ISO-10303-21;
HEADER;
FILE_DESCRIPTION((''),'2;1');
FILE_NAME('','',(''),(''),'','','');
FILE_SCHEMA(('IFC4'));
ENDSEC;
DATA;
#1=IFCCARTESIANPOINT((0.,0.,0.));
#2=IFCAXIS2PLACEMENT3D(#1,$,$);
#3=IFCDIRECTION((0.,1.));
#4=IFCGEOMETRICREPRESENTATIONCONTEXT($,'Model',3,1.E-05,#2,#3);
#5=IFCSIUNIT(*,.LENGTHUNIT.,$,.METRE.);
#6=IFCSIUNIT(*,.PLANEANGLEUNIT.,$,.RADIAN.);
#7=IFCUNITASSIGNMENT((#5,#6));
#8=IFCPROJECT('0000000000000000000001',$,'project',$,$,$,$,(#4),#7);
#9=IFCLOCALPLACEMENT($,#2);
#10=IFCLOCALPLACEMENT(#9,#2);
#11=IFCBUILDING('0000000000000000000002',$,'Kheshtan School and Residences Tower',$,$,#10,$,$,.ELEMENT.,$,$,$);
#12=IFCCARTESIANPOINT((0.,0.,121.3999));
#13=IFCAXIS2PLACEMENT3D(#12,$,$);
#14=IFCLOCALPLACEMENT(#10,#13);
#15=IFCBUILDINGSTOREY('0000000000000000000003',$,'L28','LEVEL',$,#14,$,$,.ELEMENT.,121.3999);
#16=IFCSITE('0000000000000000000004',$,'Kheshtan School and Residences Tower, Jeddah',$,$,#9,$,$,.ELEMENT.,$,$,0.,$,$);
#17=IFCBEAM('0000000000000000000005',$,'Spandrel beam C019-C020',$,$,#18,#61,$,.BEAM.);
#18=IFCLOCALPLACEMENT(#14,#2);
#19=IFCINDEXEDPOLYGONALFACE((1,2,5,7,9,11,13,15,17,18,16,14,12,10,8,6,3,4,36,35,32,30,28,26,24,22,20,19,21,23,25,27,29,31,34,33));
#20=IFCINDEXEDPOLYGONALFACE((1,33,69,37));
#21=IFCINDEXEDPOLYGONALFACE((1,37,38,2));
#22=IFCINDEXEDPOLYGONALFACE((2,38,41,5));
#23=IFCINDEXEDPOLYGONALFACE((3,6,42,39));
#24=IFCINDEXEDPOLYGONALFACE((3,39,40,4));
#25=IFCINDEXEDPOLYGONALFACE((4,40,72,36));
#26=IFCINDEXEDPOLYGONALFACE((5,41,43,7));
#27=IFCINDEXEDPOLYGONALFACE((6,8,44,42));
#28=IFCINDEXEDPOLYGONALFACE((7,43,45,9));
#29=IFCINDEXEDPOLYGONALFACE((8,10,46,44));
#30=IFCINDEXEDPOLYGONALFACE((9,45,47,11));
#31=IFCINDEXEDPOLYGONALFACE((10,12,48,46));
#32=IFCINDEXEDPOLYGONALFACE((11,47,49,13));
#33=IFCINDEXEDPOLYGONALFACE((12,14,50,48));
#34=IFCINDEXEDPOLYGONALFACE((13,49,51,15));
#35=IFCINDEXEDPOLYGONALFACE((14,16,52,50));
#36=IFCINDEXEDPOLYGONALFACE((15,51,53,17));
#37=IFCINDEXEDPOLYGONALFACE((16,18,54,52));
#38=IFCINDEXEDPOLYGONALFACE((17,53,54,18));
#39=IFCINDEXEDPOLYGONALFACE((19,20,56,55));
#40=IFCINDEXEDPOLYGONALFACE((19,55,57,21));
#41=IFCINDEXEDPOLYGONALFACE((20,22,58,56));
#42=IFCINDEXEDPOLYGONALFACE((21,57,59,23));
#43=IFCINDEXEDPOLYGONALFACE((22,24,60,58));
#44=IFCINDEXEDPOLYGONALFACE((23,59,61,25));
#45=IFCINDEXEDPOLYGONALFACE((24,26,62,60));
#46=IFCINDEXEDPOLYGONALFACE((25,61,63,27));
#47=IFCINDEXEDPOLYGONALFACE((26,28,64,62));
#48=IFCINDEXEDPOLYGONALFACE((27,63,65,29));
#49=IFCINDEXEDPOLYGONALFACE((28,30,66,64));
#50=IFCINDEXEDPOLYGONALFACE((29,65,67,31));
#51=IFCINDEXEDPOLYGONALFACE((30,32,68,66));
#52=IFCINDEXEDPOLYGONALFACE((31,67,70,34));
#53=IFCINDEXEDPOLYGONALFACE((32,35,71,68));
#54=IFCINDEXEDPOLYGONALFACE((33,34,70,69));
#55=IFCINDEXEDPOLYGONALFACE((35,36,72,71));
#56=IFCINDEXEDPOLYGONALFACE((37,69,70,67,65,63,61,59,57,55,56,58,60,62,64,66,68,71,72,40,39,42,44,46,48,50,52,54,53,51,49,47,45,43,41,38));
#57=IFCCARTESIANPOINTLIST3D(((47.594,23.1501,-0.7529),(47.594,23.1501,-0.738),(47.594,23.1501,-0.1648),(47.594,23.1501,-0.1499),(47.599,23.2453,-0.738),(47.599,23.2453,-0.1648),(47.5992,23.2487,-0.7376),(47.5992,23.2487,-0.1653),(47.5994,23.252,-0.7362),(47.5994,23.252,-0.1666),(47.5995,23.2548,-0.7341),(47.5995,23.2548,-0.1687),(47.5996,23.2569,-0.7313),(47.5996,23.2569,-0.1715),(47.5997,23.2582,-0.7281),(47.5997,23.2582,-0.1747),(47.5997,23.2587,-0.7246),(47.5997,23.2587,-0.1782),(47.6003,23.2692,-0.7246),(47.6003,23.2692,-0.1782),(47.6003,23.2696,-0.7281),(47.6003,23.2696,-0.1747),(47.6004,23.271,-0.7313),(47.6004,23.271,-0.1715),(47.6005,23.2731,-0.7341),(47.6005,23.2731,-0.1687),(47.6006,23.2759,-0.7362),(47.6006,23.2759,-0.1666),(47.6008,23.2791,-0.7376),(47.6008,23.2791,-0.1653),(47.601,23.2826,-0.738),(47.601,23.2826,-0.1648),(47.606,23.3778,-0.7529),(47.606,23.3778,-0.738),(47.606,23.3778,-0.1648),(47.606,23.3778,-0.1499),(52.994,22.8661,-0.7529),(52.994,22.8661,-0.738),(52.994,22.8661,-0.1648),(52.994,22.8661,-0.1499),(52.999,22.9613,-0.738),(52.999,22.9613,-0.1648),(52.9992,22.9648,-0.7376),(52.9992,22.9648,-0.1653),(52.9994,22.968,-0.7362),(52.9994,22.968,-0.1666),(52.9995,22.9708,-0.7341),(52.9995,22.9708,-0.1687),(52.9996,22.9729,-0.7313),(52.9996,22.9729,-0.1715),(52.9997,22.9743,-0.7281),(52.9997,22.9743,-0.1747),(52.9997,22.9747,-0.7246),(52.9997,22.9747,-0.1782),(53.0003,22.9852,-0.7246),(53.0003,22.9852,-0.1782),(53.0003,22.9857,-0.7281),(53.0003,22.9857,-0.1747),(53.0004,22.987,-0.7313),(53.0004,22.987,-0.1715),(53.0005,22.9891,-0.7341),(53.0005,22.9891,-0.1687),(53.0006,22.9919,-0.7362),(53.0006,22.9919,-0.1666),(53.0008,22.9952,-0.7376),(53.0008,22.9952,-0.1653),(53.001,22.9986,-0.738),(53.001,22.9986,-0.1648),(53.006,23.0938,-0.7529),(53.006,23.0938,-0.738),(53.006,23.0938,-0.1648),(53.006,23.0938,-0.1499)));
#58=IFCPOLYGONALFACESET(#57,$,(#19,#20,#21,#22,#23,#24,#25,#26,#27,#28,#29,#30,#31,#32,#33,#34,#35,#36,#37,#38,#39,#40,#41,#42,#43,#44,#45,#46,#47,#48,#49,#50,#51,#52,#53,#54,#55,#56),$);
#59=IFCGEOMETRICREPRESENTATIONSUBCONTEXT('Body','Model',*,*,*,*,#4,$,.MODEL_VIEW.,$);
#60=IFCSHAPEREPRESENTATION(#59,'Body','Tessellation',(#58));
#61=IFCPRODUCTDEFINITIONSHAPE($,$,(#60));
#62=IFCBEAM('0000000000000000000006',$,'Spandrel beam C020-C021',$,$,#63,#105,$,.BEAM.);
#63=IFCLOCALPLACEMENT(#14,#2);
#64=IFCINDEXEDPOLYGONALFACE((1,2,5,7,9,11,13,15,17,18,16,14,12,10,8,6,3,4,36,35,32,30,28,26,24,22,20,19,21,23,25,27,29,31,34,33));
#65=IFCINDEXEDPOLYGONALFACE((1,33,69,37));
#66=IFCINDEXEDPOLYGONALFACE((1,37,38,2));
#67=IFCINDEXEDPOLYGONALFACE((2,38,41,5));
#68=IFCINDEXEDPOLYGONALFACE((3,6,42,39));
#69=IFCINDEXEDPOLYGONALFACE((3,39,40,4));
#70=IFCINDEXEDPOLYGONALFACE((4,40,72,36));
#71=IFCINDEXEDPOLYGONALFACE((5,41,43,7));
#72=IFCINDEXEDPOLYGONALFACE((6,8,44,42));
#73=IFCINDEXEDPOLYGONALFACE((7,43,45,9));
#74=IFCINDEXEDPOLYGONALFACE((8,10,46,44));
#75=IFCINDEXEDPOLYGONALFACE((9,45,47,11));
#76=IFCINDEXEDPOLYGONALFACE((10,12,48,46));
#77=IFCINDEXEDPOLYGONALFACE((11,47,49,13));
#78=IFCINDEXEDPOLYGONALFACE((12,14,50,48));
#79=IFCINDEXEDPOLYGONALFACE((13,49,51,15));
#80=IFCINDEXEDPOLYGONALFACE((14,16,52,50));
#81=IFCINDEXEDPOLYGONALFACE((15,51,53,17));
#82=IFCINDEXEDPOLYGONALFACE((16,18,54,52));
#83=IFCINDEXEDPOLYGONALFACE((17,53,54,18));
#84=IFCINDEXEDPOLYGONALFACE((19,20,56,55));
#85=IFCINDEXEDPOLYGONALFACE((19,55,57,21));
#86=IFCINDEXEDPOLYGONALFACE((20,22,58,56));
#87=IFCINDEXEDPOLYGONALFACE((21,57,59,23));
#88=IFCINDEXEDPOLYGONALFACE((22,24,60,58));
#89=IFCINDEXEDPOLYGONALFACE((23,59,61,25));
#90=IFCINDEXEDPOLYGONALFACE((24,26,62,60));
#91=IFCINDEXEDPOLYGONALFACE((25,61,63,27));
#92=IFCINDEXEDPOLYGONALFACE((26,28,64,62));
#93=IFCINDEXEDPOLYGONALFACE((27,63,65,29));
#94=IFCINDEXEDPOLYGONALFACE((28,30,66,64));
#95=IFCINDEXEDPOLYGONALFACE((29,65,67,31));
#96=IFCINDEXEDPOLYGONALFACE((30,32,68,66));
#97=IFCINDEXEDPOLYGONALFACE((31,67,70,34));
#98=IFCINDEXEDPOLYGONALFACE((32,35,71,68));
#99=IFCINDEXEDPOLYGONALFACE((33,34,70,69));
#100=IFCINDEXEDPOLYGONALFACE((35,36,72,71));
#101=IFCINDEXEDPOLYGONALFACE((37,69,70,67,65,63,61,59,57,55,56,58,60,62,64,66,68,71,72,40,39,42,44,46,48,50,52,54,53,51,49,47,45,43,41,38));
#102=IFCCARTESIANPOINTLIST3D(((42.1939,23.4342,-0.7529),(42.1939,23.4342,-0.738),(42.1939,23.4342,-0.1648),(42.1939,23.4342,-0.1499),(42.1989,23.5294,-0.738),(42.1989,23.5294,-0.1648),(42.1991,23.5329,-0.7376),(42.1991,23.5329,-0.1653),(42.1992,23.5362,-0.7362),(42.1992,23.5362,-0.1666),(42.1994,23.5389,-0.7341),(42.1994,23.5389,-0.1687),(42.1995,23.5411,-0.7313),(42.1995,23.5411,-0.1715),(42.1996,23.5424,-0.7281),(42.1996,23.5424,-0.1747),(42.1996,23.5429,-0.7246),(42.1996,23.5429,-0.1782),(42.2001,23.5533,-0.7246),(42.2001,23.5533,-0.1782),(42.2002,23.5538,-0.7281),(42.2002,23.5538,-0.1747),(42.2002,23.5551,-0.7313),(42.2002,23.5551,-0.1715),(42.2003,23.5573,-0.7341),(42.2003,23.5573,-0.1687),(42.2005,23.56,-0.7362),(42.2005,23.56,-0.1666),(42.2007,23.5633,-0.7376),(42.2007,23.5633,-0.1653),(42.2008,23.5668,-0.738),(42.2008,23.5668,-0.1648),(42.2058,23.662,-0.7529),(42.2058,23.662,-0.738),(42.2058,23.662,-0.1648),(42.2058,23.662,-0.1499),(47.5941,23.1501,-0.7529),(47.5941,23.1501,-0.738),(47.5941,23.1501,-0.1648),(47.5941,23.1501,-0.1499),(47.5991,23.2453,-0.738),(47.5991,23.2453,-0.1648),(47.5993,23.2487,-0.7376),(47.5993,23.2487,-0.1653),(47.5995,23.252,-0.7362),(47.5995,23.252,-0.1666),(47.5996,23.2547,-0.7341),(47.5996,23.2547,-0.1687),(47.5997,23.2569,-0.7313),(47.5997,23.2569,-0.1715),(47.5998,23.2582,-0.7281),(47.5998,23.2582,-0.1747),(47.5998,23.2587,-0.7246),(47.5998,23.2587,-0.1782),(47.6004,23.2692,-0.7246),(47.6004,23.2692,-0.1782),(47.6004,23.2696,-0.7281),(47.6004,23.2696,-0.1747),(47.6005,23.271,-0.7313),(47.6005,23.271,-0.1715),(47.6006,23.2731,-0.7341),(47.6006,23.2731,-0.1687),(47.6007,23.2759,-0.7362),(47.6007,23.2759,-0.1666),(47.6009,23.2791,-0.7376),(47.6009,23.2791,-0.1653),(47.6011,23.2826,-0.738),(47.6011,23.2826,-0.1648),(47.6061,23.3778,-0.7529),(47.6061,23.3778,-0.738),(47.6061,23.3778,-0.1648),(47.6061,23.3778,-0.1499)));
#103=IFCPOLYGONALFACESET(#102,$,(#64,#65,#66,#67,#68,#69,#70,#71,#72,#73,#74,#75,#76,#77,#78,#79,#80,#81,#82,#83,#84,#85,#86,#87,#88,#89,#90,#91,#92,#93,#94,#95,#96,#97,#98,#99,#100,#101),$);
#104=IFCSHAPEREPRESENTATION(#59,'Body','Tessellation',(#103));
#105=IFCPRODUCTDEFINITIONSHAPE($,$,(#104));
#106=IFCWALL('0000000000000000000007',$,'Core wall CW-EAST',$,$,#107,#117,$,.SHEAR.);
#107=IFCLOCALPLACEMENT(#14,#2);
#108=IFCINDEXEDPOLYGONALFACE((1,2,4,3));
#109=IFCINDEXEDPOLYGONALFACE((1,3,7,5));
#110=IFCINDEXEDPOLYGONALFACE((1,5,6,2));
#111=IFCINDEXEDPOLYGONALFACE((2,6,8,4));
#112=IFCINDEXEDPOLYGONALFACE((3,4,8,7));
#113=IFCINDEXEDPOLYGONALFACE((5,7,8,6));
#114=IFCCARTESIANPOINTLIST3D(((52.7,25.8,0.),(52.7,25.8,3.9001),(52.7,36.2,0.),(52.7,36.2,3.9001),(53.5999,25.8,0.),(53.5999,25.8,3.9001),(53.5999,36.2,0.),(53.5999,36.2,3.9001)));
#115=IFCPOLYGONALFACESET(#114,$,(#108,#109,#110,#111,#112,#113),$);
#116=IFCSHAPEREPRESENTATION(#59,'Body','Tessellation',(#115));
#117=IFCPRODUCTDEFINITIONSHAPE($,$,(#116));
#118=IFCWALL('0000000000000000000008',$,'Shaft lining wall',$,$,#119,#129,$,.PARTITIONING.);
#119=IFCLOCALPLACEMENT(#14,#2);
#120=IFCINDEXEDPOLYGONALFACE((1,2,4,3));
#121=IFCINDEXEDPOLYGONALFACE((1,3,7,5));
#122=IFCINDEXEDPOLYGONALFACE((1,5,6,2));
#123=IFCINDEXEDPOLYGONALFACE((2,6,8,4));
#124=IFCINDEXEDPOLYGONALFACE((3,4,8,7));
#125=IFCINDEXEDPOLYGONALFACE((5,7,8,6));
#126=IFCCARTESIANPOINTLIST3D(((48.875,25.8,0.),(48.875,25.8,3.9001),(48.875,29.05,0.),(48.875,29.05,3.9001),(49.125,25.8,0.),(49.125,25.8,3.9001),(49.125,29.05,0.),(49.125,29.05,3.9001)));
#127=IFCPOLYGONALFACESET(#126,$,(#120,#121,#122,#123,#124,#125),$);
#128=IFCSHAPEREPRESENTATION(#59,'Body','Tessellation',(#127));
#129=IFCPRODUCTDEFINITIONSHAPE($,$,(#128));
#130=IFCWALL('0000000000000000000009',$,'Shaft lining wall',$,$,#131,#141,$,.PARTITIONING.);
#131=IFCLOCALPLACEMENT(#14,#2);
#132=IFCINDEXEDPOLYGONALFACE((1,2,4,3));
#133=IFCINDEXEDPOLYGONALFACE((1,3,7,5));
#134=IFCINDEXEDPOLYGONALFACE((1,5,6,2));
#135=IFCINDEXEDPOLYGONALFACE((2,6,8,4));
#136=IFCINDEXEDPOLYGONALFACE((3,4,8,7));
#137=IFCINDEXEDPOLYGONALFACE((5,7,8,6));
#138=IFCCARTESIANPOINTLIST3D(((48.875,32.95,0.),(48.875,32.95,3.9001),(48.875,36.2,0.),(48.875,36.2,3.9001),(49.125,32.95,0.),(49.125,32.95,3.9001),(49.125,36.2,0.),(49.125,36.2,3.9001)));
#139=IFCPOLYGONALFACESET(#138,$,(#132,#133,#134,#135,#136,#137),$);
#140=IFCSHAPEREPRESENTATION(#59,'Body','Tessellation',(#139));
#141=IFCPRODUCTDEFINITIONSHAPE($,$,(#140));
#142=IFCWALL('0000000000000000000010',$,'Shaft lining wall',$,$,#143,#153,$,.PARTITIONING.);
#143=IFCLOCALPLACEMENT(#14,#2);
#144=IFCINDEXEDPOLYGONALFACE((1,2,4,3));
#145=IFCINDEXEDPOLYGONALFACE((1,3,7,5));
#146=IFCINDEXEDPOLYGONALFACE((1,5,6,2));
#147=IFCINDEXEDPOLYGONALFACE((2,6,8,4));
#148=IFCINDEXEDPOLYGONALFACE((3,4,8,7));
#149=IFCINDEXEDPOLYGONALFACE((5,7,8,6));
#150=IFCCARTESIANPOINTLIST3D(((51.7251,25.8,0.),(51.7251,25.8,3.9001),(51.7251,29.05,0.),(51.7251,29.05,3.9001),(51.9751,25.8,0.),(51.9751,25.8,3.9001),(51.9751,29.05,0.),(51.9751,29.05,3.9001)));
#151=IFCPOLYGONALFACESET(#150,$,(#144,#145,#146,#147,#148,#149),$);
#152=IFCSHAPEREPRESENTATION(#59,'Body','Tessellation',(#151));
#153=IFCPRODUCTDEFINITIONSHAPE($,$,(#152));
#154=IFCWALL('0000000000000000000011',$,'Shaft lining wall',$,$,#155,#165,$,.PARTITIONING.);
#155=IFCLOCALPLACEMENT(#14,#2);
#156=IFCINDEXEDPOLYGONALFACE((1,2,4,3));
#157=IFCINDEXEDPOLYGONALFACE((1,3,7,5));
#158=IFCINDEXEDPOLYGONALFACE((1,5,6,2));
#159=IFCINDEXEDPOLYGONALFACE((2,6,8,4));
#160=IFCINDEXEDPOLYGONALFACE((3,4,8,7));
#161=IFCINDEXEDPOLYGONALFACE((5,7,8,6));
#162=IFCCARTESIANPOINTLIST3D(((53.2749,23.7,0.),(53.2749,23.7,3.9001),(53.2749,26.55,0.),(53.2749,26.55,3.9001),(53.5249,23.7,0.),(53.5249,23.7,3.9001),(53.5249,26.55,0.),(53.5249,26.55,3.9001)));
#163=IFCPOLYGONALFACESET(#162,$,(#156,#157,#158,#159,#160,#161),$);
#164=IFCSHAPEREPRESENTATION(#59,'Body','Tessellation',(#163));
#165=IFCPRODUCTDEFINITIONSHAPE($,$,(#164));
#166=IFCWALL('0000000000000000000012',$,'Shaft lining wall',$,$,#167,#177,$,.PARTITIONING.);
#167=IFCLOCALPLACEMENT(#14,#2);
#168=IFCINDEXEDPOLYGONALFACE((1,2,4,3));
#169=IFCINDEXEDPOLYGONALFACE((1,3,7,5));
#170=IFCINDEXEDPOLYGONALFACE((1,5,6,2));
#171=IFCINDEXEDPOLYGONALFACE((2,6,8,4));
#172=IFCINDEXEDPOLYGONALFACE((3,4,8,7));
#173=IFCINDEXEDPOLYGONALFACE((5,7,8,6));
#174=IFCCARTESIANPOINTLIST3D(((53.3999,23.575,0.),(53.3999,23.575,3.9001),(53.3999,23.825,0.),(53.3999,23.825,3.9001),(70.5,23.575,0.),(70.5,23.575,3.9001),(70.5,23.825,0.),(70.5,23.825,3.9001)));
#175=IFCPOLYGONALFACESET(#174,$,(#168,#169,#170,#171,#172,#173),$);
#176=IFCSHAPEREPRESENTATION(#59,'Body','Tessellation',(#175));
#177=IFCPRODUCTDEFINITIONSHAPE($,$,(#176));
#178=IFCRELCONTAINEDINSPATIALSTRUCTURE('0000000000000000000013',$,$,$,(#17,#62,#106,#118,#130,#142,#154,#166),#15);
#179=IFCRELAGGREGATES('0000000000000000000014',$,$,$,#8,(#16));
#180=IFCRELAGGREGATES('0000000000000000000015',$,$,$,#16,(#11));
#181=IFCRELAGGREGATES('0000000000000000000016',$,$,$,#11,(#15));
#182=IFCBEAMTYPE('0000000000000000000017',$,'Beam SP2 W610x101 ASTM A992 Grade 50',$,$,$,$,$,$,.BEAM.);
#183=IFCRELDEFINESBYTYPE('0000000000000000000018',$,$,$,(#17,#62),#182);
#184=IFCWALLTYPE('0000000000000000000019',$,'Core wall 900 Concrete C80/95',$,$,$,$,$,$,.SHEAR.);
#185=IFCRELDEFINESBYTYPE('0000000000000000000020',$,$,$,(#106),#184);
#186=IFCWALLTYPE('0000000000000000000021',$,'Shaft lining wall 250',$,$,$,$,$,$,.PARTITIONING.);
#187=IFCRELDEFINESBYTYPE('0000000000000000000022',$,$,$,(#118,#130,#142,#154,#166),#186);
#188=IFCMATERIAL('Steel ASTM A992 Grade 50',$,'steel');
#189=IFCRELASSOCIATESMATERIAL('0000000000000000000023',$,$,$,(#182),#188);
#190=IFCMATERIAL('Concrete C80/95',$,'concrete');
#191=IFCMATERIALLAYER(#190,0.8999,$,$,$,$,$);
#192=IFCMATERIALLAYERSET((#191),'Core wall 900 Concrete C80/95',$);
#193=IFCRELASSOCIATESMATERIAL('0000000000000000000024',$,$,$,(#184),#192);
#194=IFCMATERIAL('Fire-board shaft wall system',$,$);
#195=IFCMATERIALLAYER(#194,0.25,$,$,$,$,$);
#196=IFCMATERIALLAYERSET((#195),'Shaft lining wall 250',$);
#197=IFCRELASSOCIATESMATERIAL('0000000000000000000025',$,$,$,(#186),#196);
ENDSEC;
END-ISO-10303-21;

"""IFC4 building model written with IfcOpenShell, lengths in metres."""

from ifc_helpers import new_model, si_unit, direction, frame, frame_2d, origin, origin_2d, place, context, subcontext, project, spatial, rectangle, i_section, extrude, material, layer, layer_set, material_profile, profile_set, type_object, element, save


model = new_model("IFC4")

# Units and contexts
model_context = context("Model", 3, precision=1e-05, world=origin(), true_north=direction((0.0, 1.0)))
body_context = subcontext(model_context, "Body", "Model", "MODEL_VIEW")
ifc_project = project(units=[si_unit("LENGTHUNIT", "METRE"), si_unit("PLANEANGLEUNIT", "RADIAN")], contexts=[model_context])

# Site, building, storey
site_placement = place(None, origin())
site = spatial("IfcSite", under=ifc_project, at=site_placement, Name="Kheshtan School and Residences Tower, Jeddah", CompositionType="ELEMENT", RefElevation=0.0)
building_placement = place(site_placement, origin())
building = spatial("IfcBuilding", under=site, at=building_placement, Name="Kheshtan School and Residences Tower", CompositionType="ELEMENT")
storey_placement = place(building_placement, frame((0.0, 0.0, 121.3999)))
storey = spatial("IfcBuildingStorey", under=building, at=storey_placement, Name="L28", Description="LEVEL", CompositionType="ELEMENT", Elevation=121.3999)

# Shared definitions
ifc_material_1 = material(Name="Steel ASTM A992 Grade 50", Category="steel")

# Beams
ifc_material_profile_1 = material_profile(ifc_material_1, i_section(OverallWidth=0.228, OverallDepth=0.603, WebThickness=0.0105, FlangeThickness=0.0149, FilletRadius=0.0134, at=origin_2d()), Name="W610x101")
ifc_profile_set_1 = profile_set([ifc_material_profile_1], Name="Steel ASTM A992 Grade 50")
beam_type_1 = type_object("IfcBeamType", Name="Beam SP2 W610x101 ASTM A992 Grade 50", PredefinedType="BEAM", material=ifc_profile_set_1)
beam_1_placement = place(storey_placement, frame((53.0, 22.98, -0.4514), z_axis=(-0.99862, 0.052509, 0.0), x_axis=(-0.052509, -0.99862, 0.0)))
element("IfcBeam", 1, at=beam_1_placement, inside=storey, type_object=beam_type_1, Name="Spandrel beam C019-C020", PredefinedType="BEAM", context=body_context, shape_type="SweptSolid", body=[
    extrude(i_section(OverallWidth=0.228, OverallDepth=0.603, WebThickness=0.0105, FlangeThickness=0.0149, FilletRadius=0.0134, at=origin_2d()), origin(), (0.0, 0.0, 1.0), 5.4075),
])
beam_2_placement = place(storey_placement, frame((47.6001, 23.2639, -0.4514), z_axis=(-0.998618, 0.052552, 0.0), x_axis=(-0.052552, -0.998618, 0.0)))
element("IfcBeam", 2, at=beam_2_placement, inside=storey, type_object=beam_type_1, Name="Spandrel beam C020-C021", PredefinedType="BEAM", context=body_context, shape_type="SweptSolid", body=[
    extrude(i_section(OverallWidth=0.228, OverallDepth=0.603, WebThickness=0.0105, FlangeThickness=0.0149, FilletRadius=0.0134, at=origin_2d()), origin(), (0.0, 0.0, 1.0), 5.4077),
])

# Walls
ifc_material_2 = material(Name="Concrete C80/95", Category="concrete")
ifc_layer_1 = layer(ifc_material_2, 0.8999)
ifc_layer_set_1 = layer_set([ifc_layer_1], Name="Core wall 900 Concrete C80/95")
wall_type_1 = type_object("IfcWallType", Name="Core wall 900 Concrete C80/95", PredefinedType="SHEAR", material=ifc_layer_set_1)
wall_1_placement = place(storey_placement, frame((53.1499, 25.8, 0.0), z_axis=(0.0, 0.0, 1.0), x_axis=(0.0, 1.0, 0.0)))
element("IfcWall", 3, at=wall_1_placement, inside=storey, type_object=wall_type_1, Name="Core wall CW-EAST", PredefinedType="SHEAR", context=body_context, shape_type="SweptSolid", body=[
    extrude(rectangle(XDim=10.3999, YDim=0.8999, at=frame_2d((5.2, 0.0))), origin(), (0.0, 0.0, 1.0), 3.9001),
])
ifc_material_3 = material(Name="Fire-board shaft wall system")
ifc_layer_2 = layer(ifc_material_3, 0.25)
ifc_layer_set_2 = layer_set([ifc_layer_2], Name="Shaft lining wall 250")
wall_type_2 = type_object("IfcWallType", Name="Shaft lining wall 250", PredefinedType="PARTITIONING", material=ifc_layer_set_2)
for number, where, z_axis, x_axis, name in (
    (4, (49.0, 25.8, 0.0), (0.0, 0.0, 1.0), (0.0, 1.0, 0.0), "Shaft lining wall"),
    (5, (49.0, 32.95, 0.0), (0.0, 0.0, 1.0), (0.0, 1.0, 0.0), "Shaft lining wall"),
    (6, (51.8501, 25.8, 0.0), (0.0, 0.0, 1.0), (0.0, 1.0, 0.0), "Shaft lining wall"),
):
    element("IfcWall", number, at=place(storey_placement, frame(where, z_axis=z_axis, x_axis=x_axis)), inside=storey, type_object=wall_type_2, Name=name, PredefinedType="PARTITIONING", context=body_context, shape_type="SweptSolid", body=[
        extrude(rectangle(XDim=3.25, YDim=0.25, at=frame_2d((1.625, 0.0))), origin(), (0.0, 0.0, 1.0), 3.9001),
    ])
wall_2_placement = place(storey_placement, frame((53.3999, 23.7, 0.0), z_axis=(0.0, 0.0, 1.0), x_axis=(0.0, 1.0, 0.0)))
element("IfcWall", 7, at=wall_2_placement, inside=storey, type_object=wall_type_2, Name="Shaft lining wall", PredefinedType="PARTITIONING", context=body_context, shape_type="SweptSolid", body=[
    extrude(rectangle(XDim=2.8501, YDim=0.25, at=frame_2d((1.425, 0.0))), origin(), (0.0, 0.0, 1.0), 3.9001),
])
wall_3_placement = place(storey_placement, frame((53.3999, 23.7, 0.0), z_axis=(0.0, 0.0, 1.0), x_axis=(1.0, 0.0, 0.0)))
element("IfcWall", 8, at=wall_3_placement, inside=storey, type_object=wall_type_2, Name="Shaft lining wall", PredefinedType="PARTITIONING", context=body_context, shape_type="SweptSolid", body=[
    extrude(rectangle(XDim=17.1001, YDim=0.25, at=frame_2d((8.55, 0.0))), origin(), (0.0, 0.0, 1.0), 3.9001),
])

save(model, "model.ifc")
